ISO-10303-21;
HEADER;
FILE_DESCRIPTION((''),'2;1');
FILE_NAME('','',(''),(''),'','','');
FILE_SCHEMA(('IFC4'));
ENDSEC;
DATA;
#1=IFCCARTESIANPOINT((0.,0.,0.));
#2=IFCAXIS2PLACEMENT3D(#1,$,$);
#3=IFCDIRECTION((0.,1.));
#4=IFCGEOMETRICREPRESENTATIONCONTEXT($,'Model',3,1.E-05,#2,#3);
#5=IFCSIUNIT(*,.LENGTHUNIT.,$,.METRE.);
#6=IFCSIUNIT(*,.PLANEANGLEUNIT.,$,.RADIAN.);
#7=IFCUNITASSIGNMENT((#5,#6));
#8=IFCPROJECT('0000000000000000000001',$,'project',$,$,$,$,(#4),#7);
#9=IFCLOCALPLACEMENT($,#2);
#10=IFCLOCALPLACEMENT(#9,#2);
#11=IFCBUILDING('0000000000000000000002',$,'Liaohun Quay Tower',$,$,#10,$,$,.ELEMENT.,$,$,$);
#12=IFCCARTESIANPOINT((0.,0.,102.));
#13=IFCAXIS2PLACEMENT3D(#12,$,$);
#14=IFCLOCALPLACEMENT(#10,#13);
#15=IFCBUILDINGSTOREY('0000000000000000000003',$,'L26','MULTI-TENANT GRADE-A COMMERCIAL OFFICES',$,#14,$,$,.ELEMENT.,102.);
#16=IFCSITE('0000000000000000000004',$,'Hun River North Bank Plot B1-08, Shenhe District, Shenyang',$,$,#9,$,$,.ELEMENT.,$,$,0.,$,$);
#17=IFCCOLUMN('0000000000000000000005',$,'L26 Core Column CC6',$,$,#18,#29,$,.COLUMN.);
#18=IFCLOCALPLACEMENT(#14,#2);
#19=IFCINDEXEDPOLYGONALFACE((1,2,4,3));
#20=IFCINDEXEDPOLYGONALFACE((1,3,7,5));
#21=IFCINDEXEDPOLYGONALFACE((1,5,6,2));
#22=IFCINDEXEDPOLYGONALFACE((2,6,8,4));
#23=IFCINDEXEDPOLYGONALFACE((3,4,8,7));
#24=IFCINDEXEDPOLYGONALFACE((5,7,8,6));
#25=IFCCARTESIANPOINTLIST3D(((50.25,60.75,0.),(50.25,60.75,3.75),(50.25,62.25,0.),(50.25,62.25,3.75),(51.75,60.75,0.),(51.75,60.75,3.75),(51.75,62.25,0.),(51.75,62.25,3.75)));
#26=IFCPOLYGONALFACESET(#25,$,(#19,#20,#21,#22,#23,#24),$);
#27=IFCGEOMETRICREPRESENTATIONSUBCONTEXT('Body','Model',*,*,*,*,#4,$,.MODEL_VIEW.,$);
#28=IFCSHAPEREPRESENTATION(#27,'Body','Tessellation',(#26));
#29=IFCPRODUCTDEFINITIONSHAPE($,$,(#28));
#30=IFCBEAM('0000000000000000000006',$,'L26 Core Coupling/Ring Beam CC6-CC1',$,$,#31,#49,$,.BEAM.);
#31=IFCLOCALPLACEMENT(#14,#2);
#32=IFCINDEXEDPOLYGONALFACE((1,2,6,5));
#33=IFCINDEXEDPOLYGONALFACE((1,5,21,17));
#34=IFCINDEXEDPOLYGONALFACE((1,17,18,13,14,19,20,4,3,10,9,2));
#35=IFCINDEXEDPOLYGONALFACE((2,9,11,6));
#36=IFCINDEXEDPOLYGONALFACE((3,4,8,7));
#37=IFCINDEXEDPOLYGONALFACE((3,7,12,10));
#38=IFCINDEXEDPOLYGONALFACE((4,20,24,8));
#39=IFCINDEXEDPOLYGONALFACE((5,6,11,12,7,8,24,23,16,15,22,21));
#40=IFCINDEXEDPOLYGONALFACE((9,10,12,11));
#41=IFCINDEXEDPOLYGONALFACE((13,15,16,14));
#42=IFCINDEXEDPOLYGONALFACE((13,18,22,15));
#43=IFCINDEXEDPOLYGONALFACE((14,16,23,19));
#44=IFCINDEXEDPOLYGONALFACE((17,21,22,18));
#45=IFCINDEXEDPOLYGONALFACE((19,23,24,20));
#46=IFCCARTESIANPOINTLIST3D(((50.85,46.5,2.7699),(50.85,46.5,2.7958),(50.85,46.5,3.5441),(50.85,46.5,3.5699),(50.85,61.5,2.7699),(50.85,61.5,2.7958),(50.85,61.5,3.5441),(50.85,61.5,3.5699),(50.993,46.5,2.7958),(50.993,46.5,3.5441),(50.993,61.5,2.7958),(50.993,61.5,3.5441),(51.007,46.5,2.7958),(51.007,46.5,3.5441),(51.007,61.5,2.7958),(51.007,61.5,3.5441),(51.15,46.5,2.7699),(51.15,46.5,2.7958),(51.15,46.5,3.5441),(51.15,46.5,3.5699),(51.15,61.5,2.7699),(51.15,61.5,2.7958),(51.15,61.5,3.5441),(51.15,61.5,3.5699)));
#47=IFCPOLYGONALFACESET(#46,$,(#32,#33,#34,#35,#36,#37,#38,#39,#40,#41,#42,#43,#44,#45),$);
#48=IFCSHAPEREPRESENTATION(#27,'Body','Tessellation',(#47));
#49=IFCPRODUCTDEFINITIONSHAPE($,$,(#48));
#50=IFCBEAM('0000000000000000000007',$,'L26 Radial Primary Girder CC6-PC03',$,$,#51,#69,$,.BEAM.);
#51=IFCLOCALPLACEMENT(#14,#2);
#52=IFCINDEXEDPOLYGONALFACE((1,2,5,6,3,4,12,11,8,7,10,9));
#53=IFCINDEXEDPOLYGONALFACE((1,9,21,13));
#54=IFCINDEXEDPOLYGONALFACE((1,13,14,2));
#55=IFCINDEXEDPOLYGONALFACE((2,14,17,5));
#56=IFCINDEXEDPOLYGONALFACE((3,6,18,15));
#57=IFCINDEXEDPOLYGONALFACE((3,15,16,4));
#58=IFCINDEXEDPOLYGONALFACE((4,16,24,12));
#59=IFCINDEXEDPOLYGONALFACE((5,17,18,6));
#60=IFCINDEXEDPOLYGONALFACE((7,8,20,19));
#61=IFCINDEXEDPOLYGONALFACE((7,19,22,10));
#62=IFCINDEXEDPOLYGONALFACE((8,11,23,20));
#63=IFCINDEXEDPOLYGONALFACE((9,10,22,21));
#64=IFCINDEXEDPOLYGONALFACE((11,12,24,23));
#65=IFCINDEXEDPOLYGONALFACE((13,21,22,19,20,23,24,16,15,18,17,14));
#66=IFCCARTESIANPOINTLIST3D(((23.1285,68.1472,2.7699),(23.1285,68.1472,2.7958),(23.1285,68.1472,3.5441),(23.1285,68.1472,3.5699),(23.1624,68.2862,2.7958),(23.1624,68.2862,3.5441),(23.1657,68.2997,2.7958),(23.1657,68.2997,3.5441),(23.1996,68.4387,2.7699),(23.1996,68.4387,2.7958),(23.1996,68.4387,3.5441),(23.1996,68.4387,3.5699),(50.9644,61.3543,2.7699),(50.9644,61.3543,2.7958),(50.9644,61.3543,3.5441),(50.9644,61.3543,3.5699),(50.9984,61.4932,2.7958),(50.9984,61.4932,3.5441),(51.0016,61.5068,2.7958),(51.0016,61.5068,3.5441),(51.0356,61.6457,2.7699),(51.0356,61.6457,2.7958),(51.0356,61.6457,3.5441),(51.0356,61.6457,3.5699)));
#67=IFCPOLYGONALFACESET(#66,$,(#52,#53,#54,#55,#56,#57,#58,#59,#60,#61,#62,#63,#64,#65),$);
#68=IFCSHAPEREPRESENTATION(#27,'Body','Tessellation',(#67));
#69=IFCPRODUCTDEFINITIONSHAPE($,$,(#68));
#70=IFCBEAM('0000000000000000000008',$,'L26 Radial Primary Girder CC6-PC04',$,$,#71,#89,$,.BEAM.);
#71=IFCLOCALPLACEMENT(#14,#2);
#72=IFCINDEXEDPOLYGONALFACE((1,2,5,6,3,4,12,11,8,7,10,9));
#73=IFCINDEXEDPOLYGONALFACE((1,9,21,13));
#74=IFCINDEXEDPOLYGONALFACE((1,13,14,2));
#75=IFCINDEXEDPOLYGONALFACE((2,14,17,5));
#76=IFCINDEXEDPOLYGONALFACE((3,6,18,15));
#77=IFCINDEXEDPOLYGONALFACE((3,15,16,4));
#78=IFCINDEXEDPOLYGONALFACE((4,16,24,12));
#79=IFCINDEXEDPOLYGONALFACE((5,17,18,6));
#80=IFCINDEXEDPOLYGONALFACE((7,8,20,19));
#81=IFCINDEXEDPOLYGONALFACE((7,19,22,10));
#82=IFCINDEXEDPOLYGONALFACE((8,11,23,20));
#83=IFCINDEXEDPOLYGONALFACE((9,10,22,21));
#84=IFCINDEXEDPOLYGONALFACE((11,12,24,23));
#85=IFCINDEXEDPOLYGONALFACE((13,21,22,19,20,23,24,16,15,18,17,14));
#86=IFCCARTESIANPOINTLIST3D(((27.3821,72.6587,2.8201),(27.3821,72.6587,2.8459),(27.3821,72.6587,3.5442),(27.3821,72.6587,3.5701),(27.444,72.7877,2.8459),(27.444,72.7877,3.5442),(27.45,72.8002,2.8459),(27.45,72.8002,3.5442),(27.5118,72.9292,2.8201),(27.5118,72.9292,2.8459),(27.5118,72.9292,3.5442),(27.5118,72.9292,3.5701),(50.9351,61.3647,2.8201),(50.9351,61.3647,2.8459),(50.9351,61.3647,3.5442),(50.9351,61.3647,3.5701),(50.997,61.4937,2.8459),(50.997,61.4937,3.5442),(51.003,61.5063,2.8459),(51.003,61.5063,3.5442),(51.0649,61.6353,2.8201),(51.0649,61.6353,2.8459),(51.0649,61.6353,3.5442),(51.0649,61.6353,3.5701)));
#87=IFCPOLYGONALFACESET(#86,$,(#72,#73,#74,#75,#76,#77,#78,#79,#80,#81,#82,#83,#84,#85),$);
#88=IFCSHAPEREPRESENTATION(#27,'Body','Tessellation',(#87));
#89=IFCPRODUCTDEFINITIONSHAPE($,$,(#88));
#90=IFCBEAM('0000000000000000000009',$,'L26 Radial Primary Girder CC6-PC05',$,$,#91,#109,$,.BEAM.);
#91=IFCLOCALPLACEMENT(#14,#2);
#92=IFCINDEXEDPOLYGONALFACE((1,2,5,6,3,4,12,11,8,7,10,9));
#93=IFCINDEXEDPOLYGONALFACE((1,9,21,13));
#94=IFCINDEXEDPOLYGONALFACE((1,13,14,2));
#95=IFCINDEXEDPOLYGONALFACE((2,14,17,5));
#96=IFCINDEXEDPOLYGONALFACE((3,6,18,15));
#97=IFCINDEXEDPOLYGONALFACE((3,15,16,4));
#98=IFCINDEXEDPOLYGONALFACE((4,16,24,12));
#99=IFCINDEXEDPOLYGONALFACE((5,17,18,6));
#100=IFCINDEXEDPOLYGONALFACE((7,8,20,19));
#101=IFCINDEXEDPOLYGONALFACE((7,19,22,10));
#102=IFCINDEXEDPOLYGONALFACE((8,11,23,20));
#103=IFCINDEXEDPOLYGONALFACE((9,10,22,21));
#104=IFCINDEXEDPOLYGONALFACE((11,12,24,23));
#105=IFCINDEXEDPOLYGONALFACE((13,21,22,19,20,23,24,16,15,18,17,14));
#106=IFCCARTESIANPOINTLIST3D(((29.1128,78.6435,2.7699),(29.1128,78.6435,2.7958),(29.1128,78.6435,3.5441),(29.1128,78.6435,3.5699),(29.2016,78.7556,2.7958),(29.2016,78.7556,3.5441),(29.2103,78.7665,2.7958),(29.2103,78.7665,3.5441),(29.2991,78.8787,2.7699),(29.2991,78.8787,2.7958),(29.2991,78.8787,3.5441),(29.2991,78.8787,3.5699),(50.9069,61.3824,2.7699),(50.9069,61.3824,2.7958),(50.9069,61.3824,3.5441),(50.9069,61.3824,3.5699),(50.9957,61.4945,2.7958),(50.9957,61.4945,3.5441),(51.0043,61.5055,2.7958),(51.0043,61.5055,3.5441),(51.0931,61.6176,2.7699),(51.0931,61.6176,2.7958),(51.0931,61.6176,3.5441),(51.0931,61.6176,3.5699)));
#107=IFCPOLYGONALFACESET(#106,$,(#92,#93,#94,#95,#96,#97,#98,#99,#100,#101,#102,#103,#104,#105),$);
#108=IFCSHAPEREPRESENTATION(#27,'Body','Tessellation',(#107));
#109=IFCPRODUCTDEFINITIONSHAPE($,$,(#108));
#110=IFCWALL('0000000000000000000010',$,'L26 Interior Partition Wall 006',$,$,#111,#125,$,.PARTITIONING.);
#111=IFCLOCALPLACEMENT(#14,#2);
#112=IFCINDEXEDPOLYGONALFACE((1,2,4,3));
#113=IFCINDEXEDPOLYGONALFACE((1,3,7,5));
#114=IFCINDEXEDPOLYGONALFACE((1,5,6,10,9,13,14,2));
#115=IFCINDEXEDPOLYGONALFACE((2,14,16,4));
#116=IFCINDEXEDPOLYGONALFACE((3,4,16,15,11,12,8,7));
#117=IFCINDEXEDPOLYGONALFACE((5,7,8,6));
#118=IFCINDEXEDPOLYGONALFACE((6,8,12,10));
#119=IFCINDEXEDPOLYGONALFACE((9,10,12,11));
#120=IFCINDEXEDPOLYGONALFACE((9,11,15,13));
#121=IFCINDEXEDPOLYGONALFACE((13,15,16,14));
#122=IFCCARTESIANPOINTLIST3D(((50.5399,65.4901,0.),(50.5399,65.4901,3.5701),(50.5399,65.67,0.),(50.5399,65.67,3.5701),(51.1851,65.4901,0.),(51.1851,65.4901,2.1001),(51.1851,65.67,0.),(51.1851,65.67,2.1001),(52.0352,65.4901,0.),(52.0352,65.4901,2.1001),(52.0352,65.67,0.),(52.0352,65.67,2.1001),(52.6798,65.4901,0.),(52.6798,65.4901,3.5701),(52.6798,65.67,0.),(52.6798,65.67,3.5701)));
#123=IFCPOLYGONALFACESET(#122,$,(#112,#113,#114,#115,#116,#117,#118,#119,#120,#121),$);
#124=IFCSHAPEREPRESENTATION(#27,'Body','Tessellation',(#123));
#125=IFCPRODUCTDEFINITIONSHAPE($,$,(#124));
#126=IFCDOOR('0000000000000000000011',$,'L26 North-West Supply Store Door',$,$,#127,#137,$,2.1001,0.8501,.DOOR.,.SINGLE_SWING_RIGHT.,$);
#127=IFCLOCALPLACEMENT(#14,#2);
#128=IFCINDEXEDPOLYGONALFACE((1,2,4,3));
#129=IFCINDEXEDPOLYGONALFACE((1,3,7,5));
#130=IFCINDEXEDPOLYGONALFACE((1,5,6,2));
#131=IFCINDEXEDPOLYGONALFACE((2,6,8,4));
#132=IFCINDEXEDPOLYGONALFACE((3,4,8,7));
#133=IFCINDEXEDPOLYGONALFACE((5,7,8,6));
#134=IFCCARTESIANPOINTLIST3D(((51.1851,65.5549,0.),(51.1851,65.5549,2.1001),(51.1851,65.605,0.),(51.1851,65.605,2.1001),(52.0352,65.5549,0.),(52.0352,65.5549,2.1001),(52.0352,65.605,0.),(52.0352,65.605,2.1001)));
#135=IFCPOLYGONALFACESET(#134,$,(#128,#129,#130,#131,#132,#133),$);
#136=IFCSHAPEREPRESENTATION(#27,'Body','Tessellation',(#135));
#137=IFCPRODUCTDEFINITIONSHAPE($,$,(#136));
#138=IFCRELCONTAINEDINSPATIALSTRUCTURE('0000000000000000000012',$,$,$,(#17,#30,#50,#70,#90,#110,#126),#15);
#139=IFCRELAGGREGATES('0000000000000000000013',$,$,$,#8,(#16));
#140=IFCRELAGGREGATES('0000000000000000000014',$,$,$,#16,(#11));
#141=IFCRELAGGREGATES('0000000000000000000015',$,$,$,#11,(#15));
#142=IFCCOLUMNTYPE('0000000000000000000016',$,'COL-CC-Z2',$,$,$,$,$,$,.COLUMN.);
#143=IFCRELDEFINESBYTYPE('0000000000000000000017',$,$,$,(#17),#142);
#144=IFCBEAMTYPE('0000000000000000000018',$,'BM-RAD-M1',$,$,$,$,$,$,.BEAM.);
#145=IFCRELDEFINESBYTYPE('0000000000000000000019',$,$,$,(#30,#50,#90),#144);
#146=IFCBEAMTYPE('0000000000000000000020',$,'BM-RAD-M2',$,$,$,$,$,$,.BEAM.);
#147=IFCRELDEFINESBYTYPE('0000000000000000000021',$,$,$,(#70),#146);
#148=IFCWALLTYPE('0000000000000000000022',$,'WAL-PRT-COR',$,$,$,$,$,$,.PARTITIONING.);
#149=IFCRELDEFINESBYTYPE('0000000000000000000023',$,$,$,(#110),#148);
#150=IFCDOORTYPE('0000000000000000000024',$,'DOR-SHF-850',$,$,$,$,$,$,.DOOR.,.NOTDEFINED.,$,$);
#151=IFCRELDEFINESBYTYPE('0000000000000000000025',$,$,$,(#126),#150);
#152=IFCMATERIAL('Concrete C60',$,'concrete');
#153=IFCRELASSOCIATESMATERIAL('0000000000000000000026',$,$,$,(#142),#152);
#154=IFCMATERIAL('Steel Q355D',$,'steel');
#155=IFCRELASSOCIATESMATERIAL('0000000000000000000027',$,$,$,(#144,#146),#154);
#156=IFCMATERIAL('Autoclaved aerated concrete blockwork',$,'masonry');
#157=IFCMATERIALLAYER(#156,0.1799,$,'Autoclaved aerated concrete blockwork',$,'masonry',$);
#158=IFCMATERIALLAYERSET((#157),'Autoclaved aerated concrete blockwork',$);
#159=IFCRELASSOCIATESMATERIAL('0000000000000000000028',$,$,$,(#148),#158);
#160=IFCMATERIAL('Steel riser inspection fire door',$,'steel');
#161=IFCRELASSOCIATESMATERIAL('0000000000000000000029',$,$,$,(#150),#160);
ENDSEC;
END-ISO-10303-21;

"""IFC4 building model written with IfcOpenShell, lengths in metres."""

from ifc_helpers import new_model, si_unit, direction, frame, frame_2d, origin, origin_2d, place, context, subcontext, project, spatial, rectangle, i_section, extrude, source, transform, mapped, material, layer, layer_set, material_profile, profile_set, type_object, element, fill, save


model = new_model("IFC4")

# Units and contexts
model_context = context("Model", 3, precision=1e-05, world=origin(), true_north=direction((0.0, 1.0)))
body_context = subcontext(model_context, "Body", "Model", "MODEL_VIEW")
ifc_project = project(units=[si_unit("LENGTHUNIT", "METRE"), si_unit("PLANEANGLEUNIT", "RADIAN")], contexts=[model_context])

# Site, building, storey
site_placement = place(None, origin())
site = spatial("IfcSite", under=ifc_project, at=site_placement, Name="Hun River North Bank Plot B1-08, Shenhe District, Shenyang", CompositionType="ELEMENT", RefElevation=0.0)
building_placement = place(site_placement, origin())
building = spatial("IfcBuilding", under=site, at=building_placement, Name="Liaohun Quay Tower", CompositionType="ELEMENT")
storey_placement = place(building_placement, frame((0.0, 0.0, 102.0)))
storey = spatial("IfcBuildingStorey", under=building, at=storey_placement, Name="L26", Description="MULTI-TENANT GRADE-A COMMERCIAL OFFICES", CompositionType="ELEMENT", Elevation=102.0)

# Column
ifc_material_1 = material(Name="Concrete C60", Category="concrete")
ifc_material_profile_1 = material_profile(ifc_material_1, rectangle(XDim=1.5, YDim=1.5, at=origin_2d()), Name="RC1500x1500")
ifc_profile_set_1 = profile_set([ifc_material_profile_1], Name="Concrete C60")
column_type = type_object("IfcColumnType", Name="COL-CC-Z2", PredefinedType="COLUMN", material=ifc_profile_set_1)
shared_shape_1 = source(origin(), body_context, "Body", "SweptSolid", [
    extrude(rectangle(XDim=1.5, YDim=1.5, at=origin_2d()), origin(), (0.0, 0.0, 1.0), 3.75),
])
column_placement = place(storey_placement, frame((51.0, 61.5, 0.0), z_axis=(0.0, 0.0, 1.0), x_axis=(1.0, 0.0, 0.0)))
element("IfcColumn", 1, at=column_placement, inside=storey, type_object=column_type, Name="L26 Core Column CC6", PredefinedType="COLUMN", context=body_context, shape_type="MappedRepresentation", body=[
    mapped(shared_shape_1, transform((0.0, 0.0, 0.0), x_axis=(1.0, 0.0, 0.0), y_axis=(0.0, 1.0, 0.0), z_axis=(0.0, 0.0, 1.0), scale=1.0)),
])

# Beams
ifc_material_2 = material(Name="Steel Q355D", Category="steel")
ifc_material_profile_2 = material_profile(ifc_material_2, i_section(OverallWidth=0.3, OverallDepth=0.8, WebThickness=0.0139, FlangeThickness=0.0259, at=origin_2d()), Name="HN800x300x14x26")
ifc_profile_set_2 = profile_set([ifc_material_profile_2], Name="Steel Q355D")
beam_type_1 = type_object("IfcBeamType", Name="BM-RAD-M1", PredefinedType="BEAM", material=ifc_profile_set_2)
shared_shape_2 = source(origin(), body_context, "Body", "SweptSolid", [
    extrude(i_section(OverallWidth=0.3, OverallDepth=0.8, WebThickness=0.0139, FlangeThickness=0.0259, at=origin_2d()), origin(), (0.0, 0.0, 1.0), 15.0),
])
beam_1_placement = place(storey_placement, frame((51.0, 61.5, 3.1699), z_axis=(0.0, -1.0, 0.0), x_axis=(1.0, 0.0, 0.0)))
element("IfcBeam", 2, at=beam_1_placement, inside=storey, type_object=beam_type_1, Name="L26 Core Coupling/Ring Beam CC6-CC1", PredefinedType="BEAM", context=body_context, shape_type="MappedRepresentation", body=[
    mapped(shared_shape_2, transform((0.0, 0.0, 0.0), x_axis=(1.0, 0.0, 0.0), y_axis=(0.0, 1.0, 0.0), z_axis=(0.0, 0.0, 1.0), scale=1.0)),
])
shared_shape_3 = source(origin(), body_context, "Body", "SweptSolid", [
    extrude(i_section(OverallWidth=0.3, OverallDepth=0.8, WebThickness=0.0139, FlangeThickness=0.0259, at=origin_2d()), origin(), (0.0, 0.0, 1.0), 28.6528),
])
beam_2_placement = place(storey_placement, frame((51.0, 61.5, 3.1699), z_axis=(-0.97149, 0.237079, 0.0), x_axis=(-0.237079, -0.97149, 0.0)))
element("IfcBeam", 3, at=beam_2_placement, inside=storey, type_object=beam_type_1, Name="L26 Radial Primary Girder CC6-PC03", PredefinedType="BEAM", context=body_context, shape_type="MappedRepresentation", body=[
    mapped(shared_shape_3, transform((0.0, 0.0, 0.0), x_axis=(1.0, 0.0, 0.0), y_axis=(0.0, 1.0, 0.0), z_axis=(0.0, 0.0, 1.0), scale=1.0)),
])
ifc_material_profile_3 = material_profile(ifc_material_2, i_section(OverallWidth=0.3, OverallDepth=0.75, WebThickness=0.0139, FlangeThickness=0.0259, at=origin_2d()), Name="HN750x300x14x26")
ifc_profile_set_3 = profile_set([ifc_material_profile_3], Name="Steel Q355D")
beam_type_2 = type_object("IfcBeamType", Name="BM-RAD-M2", PredefinedType="BEAM", material=ifc_profile_set_3)
shared_shape_4 = source(origin(), body_context, "Body", "SweptSolid", [
    extrude(i_section(OverallWidth=0.3, OverallDepth=0.75, WebThickness=0.0139, FlangeThickness=0.0259, at=origin_2d()), origin(), (0.0, 0.0, 1.0), 26.1208),
])
beam_3_placement = place(storey_placement, frame((51.0, 61.5, 3.1951), z_axis=(-0.901695, 0.432374, 0.0), x_axis=(-0.432374, -0.901695, 0.0)))
element("IfcBeam", 4, at=beam_3_placement, inside=storey, type_object=beam_type_2, Name="L26 Radial Primary Girder CC6-PC04", PredefinedType="BEAM", context=body_context, shape_type="MappedRepresentation", body=[
    mapped(shared_shape_4, transform((0.0, 0.0, 0.0), x_axis=(1.0, 0.0, 0.0), y_axis=(0.0, 1.0, 0.0), z_axis=(0.0, 0.0, 1.0), scale=1.0)),
])
shared_shape_5 = source(origin(), body_context, "Body", "SweptSolid", [
    extrude(i_section(OverallWidth=0.3, OverallDepth=0.8, WebThickness=0.0139, FlangeThickness=0.0259, at=origin_2d()), origin(), (0.0, 0.0, 1.0), 27.8015),
])
beam_4_placement = place(storey_placement, frame((51.0, 61.5, 3.1699), z_axis=(-0.783915, 0.620868, 0.0), x_axis=(-0.620868, -0.783915, 0.0)))
element("IfcBeam", 5, at=beam_4_placement, inside=storey, type_object=beam_type_1, Name="L26 Radial Primary Girder CC6-PC05", PredefinedType="BEAM", context=body_context, shape_type="MappedRepresentation", body=[
    mapped(shared_shape_5, transform((0.0, 0.0, 0.0), x_axis=(1.0, 0.0, 0.0), y_axis=(0.0, 1.0, 0.0), z_axis=(0.0, 0.0, 1.0), scale=1.0)),
])

# Wall, opening, door
ifc_material_3 = material(Name="Autoclaved aerated concrete blockwork", Category="masonry")
ifc_layer_1 = layer(ifc_material_3, 0.1799, Name="Autoclaved aerated concrete blockwork", Category="masonry")
ifc_layer_set_1 = layer_set([ifc_layer_1], Name="Autoclaved aerated concrete blockwork")
wall_type_1 = type_object("IfcWallType", Name="WAL-PRT-COR", PredefinedType="PARTITIONING", material=ifc_layer_set_1)
wall_1_placement = place(storey_placement, frame((50.54, 65.5801, 0.0), z_axis=(0.0, 0.0, 1.0), x_axis=(1.0, 0.0, 0.0)))
wall_1 = element("IfcWall", 6, at=wall_1_placement, inside=storey, type_object=wall_type_1, Name="L26 Interior Partition Wall 006", PredefinedType="PARTITIONING", context=body_context, shape_type="SweptSolid", body=[
    extrude(rectangle(XDim=2.1399, YDim=0.1799, at=frame_2d((1.0698, 0.0))), origin(), (0.0, 0.0, 1.0), 3.5701),
])
shared_shape_6 = source(origin(), body_context, "Body", "SweptSolid", [
    extrude(rectangle(XDim=0.8501, YDim=2.1001, at=frame_2d((0.425, 1.05))), frame((0.0, 0.0999, 0.0), z_axis=(0.0, -1.0, 0.0), x_axis=(1.0, 0.0, 0.0)), (0.0, 0.0, 1.0), 0.2),
])
opening_1_placement = place(wall_1_placement, frame((0.645, 0.0, 0.0)))
opening_1 = element("IfcOpeningElement", 7, at=opening_1_placement, cuts=wall_1, PredefinedType="OPENING", context=body_context, shape_type="MappedRepresentation", body=[
    mapped(shared_shape_6, transform((0.0, 0.0, 0.0), x_axis=(1.0, 0.0, 0.0), y_axis=(0.0, 1.0, 0.0), z_axis=(0.0, 0.0, 1.0), scale=1.0)),
])
ifc_material_4 = material(Name="Steel riser inspection fire door", Category="steel")
door_type_1 = type_object("IfcDoorType", Name="DOR-SHF-850", OperationType="NOTDEFINED", PredefinedType="DOOR", material=ifc_material_4)
shared_shape_7 = source(origin(), body_context, "Body", "SweptSolid", [
    extrude(rectangle(XDim=0.8501, YDim=2.1001, at=frame_2d((0.425, 1.05))), frame((0.0, 0.0249, 0.0), z_axis=(0.0, -1.0, 0.0), x_axis=(1.0, 0.0, 0.0)), (0.0, 0.0, 1.0), 0.05),
])
door_1_placement = place(opening_1_placement, origin())
door_1 = element("IfcDoor", 8, at=door_1_placement, inside=storey, type_object=door_type_1, Name="L26 North-West Supply Store Door", OperationType="SINGLE_SWING_RIGHT", OverallHeight=2.1001, OverallWidth=0.8501, PredefinedType="DOOR", context=body_context, shape_type="MappedRepresentation", body=[
    mapped(shared_shape_7, transform((0.0, 0.0, 0.0), x_axis=(1.0, 0.0, 0.0), y_axis=(0.0, 1.0, 0.0), z_axis=(0.0, 0.0, 1.0), scale=1.0)),
])
fill(opening_1, door_1)

save(model, "model.ifc")
